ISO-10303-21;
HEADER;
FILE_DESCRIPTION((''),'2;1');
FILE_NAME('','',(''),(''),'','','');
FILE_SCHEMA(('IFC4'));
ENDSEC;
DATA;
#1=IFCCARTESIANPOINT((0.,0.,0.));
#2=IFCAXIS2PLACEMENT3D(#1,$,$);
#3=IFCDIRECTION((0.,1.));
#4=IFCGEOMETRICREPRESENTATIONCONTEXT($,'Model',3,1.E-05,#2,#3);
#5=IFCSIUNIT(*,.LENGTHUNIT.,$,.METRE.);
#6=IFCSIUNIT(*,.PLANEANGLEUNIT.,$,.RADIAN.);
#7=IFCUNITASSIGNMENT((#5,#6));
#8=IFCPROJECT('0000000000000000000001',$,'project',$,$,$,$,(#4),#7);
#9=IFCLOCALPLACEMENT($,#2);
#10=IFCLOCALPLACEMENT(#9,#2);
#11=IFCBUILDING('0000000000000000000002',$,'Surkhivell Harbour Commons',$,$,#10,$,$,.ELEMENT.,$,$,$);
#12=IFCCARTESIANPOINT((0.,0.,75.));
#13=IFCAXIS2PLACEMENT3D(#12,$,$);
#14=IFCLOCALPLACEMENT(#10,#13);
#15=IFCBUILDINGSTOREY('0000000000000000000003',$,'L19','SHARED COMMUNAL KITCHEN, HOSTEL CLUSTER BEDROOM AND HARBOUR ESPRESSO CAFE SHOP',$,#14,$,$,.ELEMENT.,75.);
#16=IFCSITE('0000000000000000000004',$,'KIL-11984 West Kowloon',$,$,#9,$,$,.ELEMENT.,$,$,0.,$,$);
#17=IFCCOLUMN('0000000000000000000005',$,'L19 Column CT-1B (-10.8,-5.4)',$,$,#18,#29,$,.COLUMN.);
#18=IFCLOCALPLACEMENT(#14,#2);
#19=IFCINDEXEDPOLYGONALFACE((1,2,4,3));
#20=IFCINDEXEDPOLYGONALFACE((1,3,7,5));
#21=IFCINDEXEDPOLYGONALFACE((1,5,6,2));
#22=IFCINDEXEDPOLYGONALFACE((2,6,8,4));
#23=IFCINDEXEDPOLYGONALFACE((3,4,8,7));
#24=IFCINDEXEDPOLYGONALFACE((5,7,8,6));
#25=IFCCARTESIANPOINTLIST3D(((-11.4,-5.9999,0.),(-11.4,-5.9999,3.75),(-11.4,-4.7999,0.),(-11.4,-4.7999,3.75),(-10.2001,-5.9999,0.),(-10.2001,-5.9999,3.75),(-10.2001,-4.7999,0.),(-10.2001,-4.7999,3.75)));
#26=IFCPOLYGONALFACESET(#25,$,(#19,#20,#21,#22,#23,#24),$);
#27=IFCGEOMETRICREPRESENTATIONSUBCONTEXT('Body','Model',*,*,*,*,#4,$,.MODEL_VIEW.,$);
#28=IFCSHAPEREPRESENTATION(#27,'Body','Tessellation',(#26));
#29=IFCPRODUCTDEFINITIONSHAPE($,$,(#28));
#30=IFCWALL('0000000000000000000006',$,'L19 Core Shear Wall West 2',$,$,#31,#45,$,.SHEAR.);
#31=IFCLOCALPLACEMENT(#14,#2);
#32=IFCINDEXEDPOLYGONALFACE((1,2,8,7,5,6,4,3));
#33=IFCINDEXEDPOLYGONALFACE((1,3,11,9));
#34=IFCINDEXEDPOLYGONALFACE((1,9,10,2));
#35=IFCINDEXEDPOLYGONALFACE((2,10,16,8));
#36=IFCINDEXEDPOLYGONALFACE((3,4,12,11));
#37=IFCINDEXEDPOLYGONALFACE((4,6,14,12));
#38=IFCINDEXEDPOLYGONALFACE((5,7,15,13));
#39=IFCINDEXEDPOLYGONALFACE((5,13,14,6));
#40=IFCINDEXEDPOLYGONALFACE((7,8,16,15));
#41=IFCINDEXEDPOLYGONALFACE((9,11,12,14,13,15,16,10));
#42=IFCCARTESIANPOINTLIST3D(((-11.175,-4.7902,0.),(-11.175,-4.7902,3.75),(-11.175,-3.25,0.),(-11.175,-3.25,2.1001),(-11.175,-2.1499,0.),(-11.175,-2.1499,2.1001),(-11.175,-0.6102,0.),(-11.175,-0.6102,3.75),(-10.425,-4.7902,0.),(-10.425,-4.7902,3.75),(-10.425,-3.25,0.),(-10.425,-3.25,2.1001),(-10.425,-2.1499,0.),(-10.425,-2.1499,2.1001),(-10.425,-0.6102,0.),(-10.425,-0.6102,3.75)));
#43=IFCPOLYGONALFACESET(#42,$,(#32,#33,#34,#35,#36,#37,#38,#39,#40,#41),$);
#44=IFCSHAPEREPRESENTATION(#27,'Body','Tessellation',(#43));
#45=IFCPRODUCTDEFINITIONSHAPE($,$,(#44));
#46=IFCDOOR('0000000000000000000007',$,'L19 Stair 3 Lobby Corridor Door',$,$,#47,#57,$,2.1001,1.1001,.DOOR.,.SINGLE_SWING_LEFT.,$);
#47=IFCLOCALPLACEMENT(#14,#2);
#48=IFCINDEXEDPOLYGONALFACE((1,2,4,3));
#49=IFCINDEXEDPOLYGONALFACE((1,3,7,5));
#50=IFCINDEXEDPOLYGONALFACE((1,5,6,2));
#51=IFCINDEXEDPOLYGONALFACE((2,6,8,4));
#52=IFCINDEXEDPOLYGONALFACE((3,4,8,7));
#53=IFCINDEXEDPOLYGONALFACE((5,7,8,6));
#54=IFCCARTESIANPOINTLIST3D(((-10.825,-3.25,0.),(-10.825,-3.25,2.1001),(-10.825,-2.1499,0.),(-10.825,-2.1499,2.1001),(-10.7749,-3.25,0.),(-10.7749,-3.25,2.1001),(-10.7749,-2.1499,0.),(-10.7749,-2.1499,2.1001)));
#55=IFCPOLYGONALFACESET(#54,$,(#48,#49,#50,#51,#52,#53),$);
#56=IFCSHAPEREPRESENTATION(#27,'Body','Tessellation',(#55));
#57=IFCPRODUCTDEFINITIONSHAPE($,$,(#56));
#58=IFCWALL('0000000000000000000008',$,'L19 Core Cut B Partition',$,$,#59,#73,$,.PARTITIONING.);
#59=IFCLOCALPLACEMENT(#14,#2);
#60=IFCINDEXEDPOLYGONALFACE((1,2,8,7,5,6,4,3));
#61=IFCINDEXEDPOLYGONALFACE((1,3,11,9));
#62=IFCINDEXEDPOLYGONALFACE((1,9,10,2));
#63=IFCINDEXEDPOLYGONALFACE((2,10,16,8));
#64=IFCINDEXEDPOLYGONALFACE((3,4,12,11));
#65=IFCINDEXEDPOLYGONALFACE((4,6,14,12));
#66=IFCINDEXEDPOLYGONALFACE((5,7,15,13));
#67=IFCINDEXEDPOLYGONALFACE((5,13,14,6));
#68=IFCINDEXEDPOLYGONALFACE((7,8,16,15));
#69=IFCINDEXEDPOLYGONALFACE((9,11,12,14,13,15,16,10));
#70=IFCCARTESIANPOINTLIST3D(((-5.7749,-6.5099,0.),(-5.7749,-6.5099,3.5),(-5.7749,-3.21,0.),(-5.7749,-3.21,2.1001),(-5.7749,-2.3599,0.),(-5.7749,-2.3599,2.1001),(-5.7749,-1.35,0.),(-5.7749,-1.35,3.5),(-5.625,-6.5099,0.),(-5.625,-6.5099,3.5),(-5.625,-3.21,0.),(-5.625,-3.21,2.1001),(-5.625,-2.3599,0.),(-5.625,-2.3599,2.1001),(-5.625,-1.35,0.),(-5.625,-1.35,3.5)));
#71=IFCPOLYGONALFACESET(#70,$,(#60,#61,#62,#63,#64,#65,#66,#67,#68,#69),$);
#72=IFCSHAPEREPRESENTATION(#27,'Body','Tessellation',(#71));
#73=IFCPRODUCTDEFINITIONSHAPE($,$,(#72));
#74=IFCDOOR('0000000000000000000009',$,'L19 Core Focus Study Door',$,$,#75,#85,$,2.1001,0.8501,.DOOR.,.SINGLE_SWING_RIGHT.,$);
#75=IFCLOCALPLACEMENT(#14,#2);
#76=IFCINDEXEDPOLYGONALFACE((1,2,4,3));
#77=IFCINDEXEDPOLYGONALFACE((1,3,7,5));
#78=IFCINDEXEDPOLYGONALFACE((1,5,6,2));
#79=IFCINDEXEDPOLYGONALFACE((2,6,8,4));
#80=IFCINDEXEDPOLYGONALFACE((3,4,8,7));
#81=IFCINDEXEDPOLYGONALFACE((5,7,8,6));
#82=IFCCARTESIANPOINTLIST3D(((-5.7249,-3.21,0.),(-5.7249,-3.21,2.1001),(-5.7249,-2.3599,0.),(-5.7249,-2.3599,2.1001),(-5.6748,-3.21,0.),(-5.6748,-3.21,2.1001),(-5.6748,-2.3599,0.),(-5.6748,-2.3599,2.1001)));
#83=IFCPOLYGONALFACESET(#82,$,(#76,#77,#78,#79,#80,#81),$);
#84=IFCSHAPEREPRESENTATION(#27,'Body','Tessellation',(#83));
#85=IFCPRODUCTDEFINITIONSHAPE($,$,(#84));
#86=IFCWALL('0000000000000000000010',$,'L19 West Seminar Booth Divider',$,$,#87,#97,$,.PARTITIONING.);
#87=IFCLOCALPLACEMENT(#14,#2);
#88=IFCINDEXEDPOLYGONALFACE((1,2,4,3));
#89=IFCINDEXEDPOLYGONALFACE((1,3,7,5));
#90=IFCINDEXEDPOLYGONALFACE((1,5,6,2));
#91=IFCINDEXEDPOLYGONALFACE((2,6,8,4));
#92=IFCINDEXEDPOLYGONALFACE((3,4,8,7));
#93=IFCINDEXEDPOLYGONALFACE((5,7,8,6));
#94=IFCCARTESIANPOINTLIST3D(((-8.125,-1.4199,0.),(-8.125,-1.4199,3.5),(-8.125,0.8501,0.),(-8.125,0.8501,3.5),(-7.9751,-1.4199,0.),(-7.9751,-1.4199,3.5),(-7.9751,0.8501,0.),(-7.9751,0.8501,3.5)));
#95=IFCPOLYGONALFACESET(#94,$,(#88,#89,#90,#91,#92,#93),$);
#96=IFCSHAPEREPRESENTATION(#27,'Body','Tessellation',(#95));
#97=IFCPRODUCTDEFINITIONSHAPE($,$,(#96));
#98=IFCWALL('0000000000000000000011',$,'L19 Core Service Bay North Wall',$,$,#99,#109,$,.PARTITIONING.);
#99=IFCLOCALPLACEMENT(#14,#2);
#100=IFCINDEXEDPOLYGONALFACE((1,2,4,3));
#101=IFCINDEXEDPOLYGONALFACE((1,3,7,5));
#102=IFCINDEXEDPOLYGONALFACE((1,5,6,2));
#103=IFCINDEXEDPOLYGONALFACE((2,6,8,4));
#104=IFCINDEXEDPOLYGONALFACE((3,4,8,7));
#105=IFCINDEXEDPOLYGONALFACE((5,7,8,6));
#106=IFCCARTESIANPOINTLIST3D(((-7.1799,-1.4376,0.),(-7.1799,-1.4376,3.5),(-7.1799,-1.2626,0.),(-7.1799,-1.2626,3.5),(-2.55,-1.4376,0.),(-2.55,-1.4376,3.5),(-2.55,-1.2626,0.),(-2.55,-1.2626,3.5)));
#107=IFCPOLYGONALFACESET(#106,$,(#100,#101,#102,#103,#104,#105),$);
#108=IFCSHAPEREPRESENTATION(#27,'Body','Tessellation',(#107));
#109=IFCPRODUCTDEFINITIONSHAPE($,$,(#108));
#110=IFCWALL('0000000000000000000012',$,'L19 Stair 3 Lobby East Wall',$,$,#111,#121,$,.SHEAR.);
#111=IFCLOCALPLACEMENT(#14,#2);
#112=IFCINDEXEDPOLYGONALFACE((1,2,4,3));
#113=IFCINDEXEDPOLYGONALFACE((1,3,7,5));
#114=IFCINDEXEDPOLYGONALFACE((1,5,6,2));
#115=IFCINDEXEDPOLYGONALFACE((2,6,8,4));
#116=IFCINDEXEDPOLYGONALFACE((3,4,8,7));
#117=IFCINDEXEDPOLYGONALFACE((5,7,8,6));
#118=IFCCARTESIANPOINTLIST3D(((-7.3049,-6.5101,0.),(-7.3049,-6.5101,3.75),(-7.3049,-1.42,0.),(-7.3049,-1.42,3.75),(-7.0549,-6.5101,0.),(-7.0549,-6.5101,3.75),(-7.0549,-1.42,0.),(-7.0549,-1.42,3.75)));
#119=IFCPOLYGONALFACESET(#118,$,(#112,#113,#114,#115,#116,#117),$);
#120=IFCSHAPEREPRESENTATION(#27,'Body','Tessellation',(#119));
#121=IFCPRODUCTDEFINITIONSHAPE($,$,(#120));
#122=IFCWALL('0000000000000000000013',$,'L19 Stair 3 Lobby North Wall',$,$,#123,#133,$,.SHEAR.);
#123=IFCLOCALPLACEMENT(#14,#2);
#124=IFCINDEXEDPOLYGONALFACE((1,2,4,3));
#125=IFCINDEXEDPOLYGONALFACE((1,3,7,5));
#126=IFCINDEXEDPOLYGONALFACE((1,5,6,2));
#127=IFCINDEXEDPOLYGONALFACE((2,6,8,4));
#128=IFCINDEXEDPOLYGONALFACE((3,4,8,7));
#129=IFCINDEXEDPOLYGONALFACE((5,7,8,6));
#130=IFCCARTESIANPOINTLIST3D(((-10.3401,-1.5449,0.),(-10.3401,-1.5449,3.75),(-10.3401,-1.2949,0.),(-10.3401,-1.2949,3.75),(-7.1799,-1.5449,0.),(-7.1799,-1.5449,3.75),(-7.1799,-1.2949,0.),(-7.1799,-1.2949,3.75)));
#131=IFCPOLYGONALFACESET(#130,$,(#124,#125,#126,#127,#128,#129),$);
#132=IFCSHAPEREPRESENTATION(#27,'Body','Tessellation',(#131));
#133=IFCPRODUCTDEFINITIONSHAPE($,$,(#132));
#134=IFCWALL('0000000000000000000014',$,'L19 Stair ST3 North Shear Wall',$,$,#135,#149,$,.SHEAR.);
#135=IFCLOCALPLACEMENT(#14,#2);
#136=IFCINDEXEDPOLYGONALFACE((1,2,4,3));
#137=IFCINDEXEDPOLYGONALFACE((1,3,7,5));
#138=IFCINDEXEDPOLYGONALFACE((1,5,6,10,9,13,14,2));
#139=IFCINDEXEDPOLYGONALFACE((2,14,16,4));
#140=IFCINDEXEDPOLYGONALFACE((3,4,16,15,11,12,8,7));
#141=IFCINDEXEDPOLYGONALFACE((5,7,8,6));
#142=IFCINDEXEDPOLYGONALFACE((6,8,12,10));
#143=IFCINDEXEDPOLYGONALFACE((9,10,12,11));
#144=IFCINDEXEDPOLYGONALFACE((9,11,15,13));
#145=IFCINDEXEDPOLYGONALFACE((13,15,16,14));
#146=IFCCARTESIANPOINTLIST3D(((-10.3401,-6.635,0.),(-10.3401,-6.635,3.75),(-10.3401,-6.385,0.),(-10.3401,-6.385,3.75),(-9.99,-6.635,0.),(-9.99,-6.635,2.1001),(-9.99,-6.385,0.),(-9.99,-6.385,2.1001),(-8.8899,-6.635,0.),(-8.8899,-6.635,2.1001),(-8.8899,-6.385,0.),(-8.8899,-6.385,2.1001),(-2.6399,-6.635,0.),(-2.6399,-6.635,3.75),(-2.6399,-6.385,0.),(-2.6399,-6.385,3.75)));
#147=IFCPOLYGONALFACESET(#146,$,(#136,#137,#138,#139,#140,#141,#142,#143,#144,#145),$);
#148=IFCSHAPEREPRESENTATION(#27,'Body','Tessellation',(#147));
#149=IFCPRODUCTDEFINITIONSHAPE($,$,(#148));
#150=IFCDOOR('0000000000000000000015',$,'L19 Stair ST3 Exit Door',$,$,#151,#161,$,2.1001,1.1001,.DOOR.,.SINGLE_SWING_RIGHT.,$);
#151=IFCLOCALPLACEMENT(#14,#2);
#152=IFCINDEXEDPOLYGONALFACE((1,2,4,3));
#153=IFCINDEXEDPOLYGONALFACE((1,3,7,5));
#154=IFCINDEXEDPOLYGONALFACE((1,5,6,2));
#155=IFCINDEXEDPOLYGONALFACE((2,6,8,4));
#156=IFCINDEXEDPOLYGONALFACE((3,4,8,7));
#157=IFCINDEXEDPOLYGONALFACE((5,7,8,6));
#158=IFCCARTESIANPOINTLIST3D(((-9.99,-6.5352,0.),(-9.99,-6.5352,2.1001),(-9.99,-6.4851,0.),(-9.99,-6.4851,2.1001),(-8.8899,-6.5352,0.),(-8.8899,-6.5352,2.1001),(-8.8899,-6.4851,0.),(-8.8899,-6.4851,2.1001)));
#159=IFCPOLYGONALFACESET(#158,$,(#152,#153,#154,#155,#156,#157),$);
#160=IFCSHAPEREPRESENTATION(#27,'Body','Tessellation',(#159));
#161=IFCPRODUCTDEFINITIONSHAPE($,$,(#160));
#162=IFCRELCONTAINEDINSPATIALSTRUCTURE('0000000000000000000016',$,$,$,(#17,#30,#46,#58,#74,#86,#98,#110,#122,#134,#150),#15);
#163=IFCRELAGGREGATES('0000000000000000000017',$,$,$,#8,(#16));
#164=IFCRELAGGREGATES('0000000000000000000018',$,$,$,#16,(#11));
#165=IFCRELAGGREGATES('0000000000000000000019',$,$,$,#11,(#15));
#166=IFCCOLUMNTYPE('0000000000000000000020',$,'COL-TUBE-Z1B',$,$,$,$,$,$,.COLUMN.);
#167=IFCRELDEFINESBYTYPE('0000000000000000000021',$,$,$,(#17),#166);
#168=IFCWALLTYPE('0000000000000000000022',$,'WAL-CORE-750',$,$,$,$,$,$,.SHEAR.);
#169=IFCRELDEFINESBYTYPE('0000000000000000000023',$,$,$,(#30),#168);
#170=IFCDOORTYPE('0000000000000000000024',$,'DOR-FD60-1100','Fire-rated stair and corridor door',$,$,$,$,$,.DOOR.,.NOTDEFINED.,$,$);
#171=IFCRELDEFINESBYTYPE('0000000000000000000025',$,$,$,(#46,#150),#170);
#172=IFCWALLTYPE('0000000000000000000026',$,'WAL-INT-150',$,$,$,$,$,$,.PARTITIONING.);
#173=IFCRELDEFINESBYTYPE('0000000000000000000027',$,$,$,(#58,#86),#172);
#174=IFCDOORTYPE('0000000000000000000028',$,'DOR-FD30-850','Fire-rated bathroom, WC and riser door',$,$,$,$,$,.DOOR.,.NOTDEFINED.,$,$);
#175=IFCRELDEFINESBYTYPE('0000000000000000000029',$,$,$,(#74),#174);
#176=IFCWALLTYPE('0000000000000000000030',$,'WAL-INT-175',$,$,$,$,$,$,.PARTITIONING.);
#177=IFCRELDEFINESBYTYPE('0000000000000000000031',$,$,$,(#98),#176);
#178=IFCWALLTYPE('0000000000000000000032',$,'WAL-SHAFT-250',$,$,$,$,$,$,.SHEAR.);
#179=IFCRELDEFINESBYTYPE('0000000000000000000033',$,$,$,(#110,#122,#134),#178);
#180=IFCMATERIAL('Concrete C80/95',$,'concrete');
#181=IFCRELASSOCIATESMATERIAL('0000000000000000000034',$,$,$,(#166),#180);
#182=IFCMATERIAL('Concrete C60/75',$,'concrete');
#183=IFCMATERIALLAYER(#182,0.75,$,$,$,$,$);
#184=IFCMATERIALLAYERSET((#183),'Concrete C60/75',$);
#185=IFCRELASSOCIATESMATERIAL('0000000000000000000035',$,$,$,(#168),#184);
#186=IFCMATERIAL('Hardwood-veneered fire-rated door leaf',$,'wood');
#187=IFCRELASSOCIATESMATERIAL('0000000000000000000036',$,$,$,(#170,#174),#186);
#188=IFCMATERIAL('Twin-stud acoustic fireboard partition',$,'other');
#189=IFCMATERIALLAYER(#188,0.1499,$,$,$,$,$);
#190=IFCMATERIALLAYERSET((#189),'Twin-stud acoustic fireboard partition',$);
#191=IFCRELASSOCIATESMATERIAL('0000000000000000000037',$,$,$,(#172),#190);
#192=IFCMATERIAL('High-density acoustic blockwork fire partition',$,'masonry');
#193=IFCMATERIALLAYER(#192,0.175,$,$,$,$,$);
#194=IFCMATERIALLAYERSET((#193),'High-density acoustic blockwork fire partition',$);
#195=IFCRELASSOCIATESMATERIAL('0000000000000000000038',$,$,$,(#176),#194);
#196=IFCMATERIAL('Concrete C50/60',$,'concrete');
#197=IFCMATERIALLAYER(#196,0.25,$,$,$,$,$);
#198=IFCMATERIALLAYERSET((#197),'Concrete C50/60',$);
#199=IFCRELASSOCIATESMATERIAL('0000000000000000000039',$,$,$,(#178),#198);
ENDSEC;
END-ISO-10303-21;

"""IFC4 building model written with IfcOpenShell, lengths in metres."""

from ifc_helpers import new_model, si_unit, direction, frame, frame_2d, origin, origin_2d, place, context, subcontext, project, spatial, rectangle, extrude, material, layer, layer_set, material_profile, profile_set, type_object, element, fill, save


model = new_model("IFC4")

# Units and contexts
model_context = context("Model", 3, precision=1e-05, world=origin(), true_north=direction((0.0, 1.0)))
body_context = subcontext(model_context, "Body", "Model", "MODEL_VIEW")
ifc_project = project(units=[si_unit("LENGTHUNIT", "METRE"), si_unit("PLANEANGLEUNIT", "RADIAN")], contexts=[model_context])

# Site, building, storey
site_placement = place(None, origin())
site = spatial("IfcSite", under=ifc_project, at=site_placement, Name="KIL-11984 West Kowloon", CompositionType="ELEMENT", RefElevation=0.0)
building_placement = place(site_placement, origin())
building = spatial("IfcBuilding", under=site, at=building_placement, Name="Surkhivell Harbour Commons", CompositionType="ELEMENT")
storey_placement = place(building_placement, frame((0.0, 0.0, 75.0)))
storey = spatial("IfcBuildingStorey", under=building, at=storey_placement, Name="L19", Description="SHARED COMMUNAL KITCHEN, HOSTEL CLUSTER BEDROOM AND HARBOUR ESPRESSO CAFE SHOP", CompositionType="ELEMENT", Elevation=75.0)

# Column
ifc_material_1 = material(Name="Concrete C80/95", Category="concrete")
ifc_material_profile = material_profile(ifc_material_1, rectangle(XDim=1.2, YDim=1.2, at=origin_2d()), Name="RC-COL-1200x1200")
ifc_profile_set = profile_set([ifc_material_profile], Name="Concrete C80/95")
column_type = type_object("IfcColumnType", Name="COL-TUBE-Z1B", PredefinedType="COLUMN", material=ifc_profile_set)
column_placement = place(storey_placement, frame((-10.8, -5.3999, 0.0), z_axis=(0.0, 0.0, 1.0), x_axis=(1.0, 0.0, 0.0)))
element("IfcColumn", 1, at=column_placement, inside=storey, type_object=column_type, Name="L19 Column CT-1B (-10.8,-5.4)", PredefinedType="COLUMN", context=body_context, shape_type="SweptSolid", body=[
    extrude(rectangle(XDim=1.2, YDim=1.2, at=origin_2d()), origin(), (0.0, 0.0, 1.0), 3.75),
])

# Walls, openings, doors
ifc_material_2 = material(Name="Concrete C60/75", Category="concrete")
ifc_layer_1 = layer(ifc_material_2, 0.75)
ifc_layer_set_1 = layer_set([ifc_layer_1], Name="Concrete C60/75")
wall_type_1 = type_object("IfcWallType", Name="WAL-CORE-750", PredefinedType="SHEAR", material=ifc_layer_set_1)
wall_1_placement = place(storey_placement, frame((-10.8, -4.79, 0.0), z_axis=(0.0, 0.0, 1.0), x_axis=(0.0, 1.0, 0.0)))
wall_1 = element("IfcWall", 2, at=wall_1_placement, inside=storey, type_object=wall_type_1, Name="L19 Core Shear Wall West 2", PredefinedType="SHEAR", context=body_context, shape_type="SweptSolid", body=[
    extrude(rectangle(XDim=4.1799, YDim=0.75, at=frame_2d((2.0898, 0.0))), origin(), (0.0, 0.0, 1.0), 3.75),
])
opening_1_placement = place(wall_1_placement, frame((1.54, 0.0, 0.0)))
opening_1 = element("IfcOpeningElement", 3, at=opening_1_placement, cuts=wall_1, PredefinedType="OPENING", context=body_context, shape_type="SweptSolid", body=[
    extrude(rectangle(XDim=1.1001, YDim=2.1001, at=frame_2d((0.55, 1.05))), frame((0.0, 0.385, 0.0), z_axis=(0.0, -1.0, 0.0), x_axis=(1.0, 0.0, 0.0)), (0.0, 0.0, 1.0), 0.77),
])
ifc_material_3 = material(Name="Hardwood-veneered fire-rated door leaf", Category="wood")
door_type_1 = type_object("IfcDoorType", Name="DOR-FD60-1100", Description="Fire-rated stair and corridor door", OperationType="NOTDEFINED", PredefinedType="DOOR", material=ifc_material_3)
door_1_placement = place(opening_1_placement, origin())
door_1 = element("IfcDoor", 4, at=door_1_placement, inside=storey, type_object=door_type_1, Name="L19 Stair 3 Lobby Corridor Door", OperationType="SINGLE_SWING_LEFT", OverallHeight=2.1001, OverallWidth=1.1001, PredefinedType="DOOR", context=body_context, shape_type="SweptSolid", body=[
    extrude(rectangle(XDim=1.1001, YDim=2.1001, at=frame_2d((0.55, 1.05))), frame((0.0, 0.0249, 0.0), z_axis=(0.0, -1.0, 0.0), x_axis=(1.0, 0.0, 0.0)), (0.0, 0.0, 1.0), 0.05),
])
fill(opening_1, door_1)
ifc_material_4 = material(Name="Twin-stud acoustic fireboard partition", Category="other")
ifc_layer_2 = layer(ifc_material_4, 0.1499)
ifc_layer_set_2 = layer_set([ifc_layer_2], Name="Twin-stud acoustic fireboard partition")
wall_type_2 = type_object("IfcWallType", Name="WAL-INT-150", PredefinedType="PARTITIONING", material=ifc_layer_set_2)
wall_2_placement = place(storey_placement, frame((-5.7, -6.51, 0.0), z_axis=(0.0, 0.0, 1.0), x_axis=(0.0, 1.0, 0.0)))
wall_2 = element("IfcWall", 5, at=wall_2_placement, inside=storey, type_object=wall_type_2, Name="L19 Core Cut B Partition", PredefinedType="PARTITIONING", context=body_context, shape_type="SweptSolid", body=[
    extrude(rectangle(XDim=5.1599, YDim=0.1499, at=frame_2d((2.5801, 0.0))), origin(), (0.0, 0.0, 1.0), 3.5),
])
opening_2_placement = place(wall_2_placement, frame((3.3, 0.0, 0.0)))
opening_2 = element("IfcOpeningElement", 6, at=opening_2_placement, cuts=wall_2, PredefinedType="OPENING", context=body_context, shape_type="SweptSolid", body=[
    extrude(rectangle(XDim=0.8501, YDim=2.1001, at=frame_2d((0.425, 1.05))), frame((0.0, 0.085, 0.0), z_axis=(0.0, -1.0, 0.0), x_axis=(1.0, 0.0, 0.0)), (0.0, 0.0, 1.0), 0.1699),
])
door_type_2 = type_object("IfcDoorType", Name="DOR-FD30-850", Description="Fire-rated bathroom, WC and riser door", OperationType="NOTDEFINED", PredefinedType="DOOR", material=ifc_material_3)
door_2_placement = place(opening_2_placement, origin())
door_2 = element("IfcDoor", 7, at=door_2_placement, inside=storey, type_object=door_type_2, Name="L19 Core Focus Study Door", OperationType="SINGLE_SWING_RIGHT", OverallHeight=2.1001, OverallWidth=0.8501, PredefinedType="DOOR", context=body_context, shape_type="SweptSolid", body=[
    extrude(rectangle(XDim=0.8501, YDim=2.1001, at=frame_2d((0.425, 1.05))), frame((0.0, 0.0249, 0.0), z_axis=(0.0, -1.0, 0.0), x_axis=(1.0, 0.0, 0.0)), (0.0, 0.0, 1.0), 0.05),
])
fill(opening_2, door_2)

# Walls
wall_3_placement = place(storey_placement, frame((-8.05, -1.4199, 0.0), z_axis=(0.0, 0.0, 1.0), x_axis=(0.0, 1.0, 0.0)))
element("IfcWall", 8, at=wall_3_placement, inside=storey, type_object=wall_type_2, Name="L19 West Seminar Booth Divider", PredefinedType="PARTITIONING", context=body_context, shape_type="SweptSolid", body=[
    extrude(rectangle(XDim=2.27, YDim=0.1499, at=frame_2d((1.135, 0.0))), origin(), (0.0, 0.0, 1.0), 3.5),
])
ifc_material_5 = material(Name="High-density acoustic blockwork fire partition", Category="masonry")
ifc_layer_3 = layer(ifc_material_5, 0.175)
ifc_layer_set_3 = layer_set([ifc_layer_3], Name="High-density acoustic blockwork fire partition")
wall_type_3 = type_object("IfcWallType", Name="WAL-INT-175", PredefinedType="PARTITIONING", material=ifc_layer_set_3)
wall_4_placement = place(storey_placement, frame((-7.1799, -1.3501, 0.0), z_axis=(0.0, 0.0, 1.0), x_axis=(1.0, 0.0, 0.0)))
element("IfcWall", 9, at=wall_4_placement, inside=storey, type_object=wall_type_3, Name="L19 Core Service Bay North Wall", PredefinedType="PARTITIONING", context=body_context, shape_type="SweptSolid", body=[
    extrude(rectangle(XDim=4.6299, YDim=0.175, at=frame_2d((2.3149, 0.0))), origin(), (0.0, 0.0, 1.0), 3.5),
])
ifc_material_6 = material(Name="Concrete C50/60", Category="concrete")
ifc_layer_4 = layer(ifc_material_6, 0.25)
ifc_layer_set_4 = layer_set([ifc_layer_4], Name="Concrete C50/60")
wall_type_4 = type_object("IfcWallType", Name="WAL-SHAFT-250", PredefinedType="SHEAR", material=ifc_layer_set_4)
wall_5_placement = place(storey_placement, frame((-7.1799, -6.51, 0.0), z_axis=(0.0, 0.0, 1.0), x_axis=(0.0, 1.0, 0.0)))
element("IfcWall", 10, at=wall_5_placement, inside=storey, type_object=wall_type_4, Name="L19 Stair 3 Lobby East Wall", PredefinedType="SHEAR", context=body_context, shape_type="SweptSolid", body=[
    extrude(rectangle(XDim=5.0901, YDim=0.25, at=frame_2d((2.5449, 0.0))), origin(), (0.0, 0.0, 1.0), 3.75),
])
wall_6_placement = place(storey_placement, frame((-10.3401, -1.4199, 0.0), z_axis=(0.0, 0.0, 1.0), x_axis=(1.0, 0.0, 0.0)))
element("IfcWall", 11, at=wall_6_placement, inside=storey, type_object=wall_type_4, Name="L19 Stair 3 Lobby North Wall", PredefinedType="SHEAR", context=body_context, shape_type="SweptSolid", body=[
    extrude(rectangle(XDim=3.1602, YDim=0.25, at=frame_2d((1.5801, 0.0))), origin(), (0.0, 0.0, 1.0), 3.75),
])

# Wall, opening, door
wall_7_placement = place(storey_placement, frame((-10.3401, -6.51, 0.0), z_axis=(0.0, 0.0, 1.0), x_axis=(1.0, 0.0, 0.0)))
wall_7 = element("IfcWall", 12, at=wall_7_placement, inside=storey, type_object=wall_type_4, Name="L19 Stair ST3 North Shear Wall", PredefinedType="SHEAR", context=body_context, shape_type="SweptSolid", body=[
    extrude(rectangle(XDim=7.7002, YDim=0.25, at=frame_2d((3.8501, 0.0))), origin(), (0.0, 0.0, 1.0), 3.75),
])
opening_3_placement = place(wall_7_placement, frame((0.3501, 0.0, 0.0)))
opening_3 = element("IfcOpeningElement", 13, at=opening_3_placement, cuts=wall_7, PredefinedType="OPENING", context=body_context, shape_type="SweptSolid", body=[
    extrude(rectangle(XDim=1.1001, YDim=2.1001, at=frame_2d((0.55, 1.05))), frame((0.0, 0.135, 0.0), z_axis=(0.0, -1.0, 0.0), x_axis=(1.0, 0.0, 0.0)), (0.0, 0.0, 1.0), 0.27),
])
door_3_placement = place(opening_3_placement, origin())
door_3 = element("IfcDoor", 14, at=door_3_placement, inside=storey, type_object=door_type_1, Name="L19 Stair ST3 Exit Door", OperationType="SINGLE_SWING_RIGHT", OverallHeight=2.1001, OverallWidth=1.1001, PredefinedType="DOOR", context=body_context, shape_type="SweptSolid", body=[
    extrude(rectangle(XDim=1.1001, YDim=2.1001, at=frame_2d((0.55, 1.05))), frame((0.0, 0.0249, 0.0), z_axis=(0.0, -1.0, 0.0), x_axis=(1.0, 0.0, 0.0)), (0.0, 0.0, 1.0), 0.05),
])
fill(opening_3, door_3)

save(model, "model.ifc")
